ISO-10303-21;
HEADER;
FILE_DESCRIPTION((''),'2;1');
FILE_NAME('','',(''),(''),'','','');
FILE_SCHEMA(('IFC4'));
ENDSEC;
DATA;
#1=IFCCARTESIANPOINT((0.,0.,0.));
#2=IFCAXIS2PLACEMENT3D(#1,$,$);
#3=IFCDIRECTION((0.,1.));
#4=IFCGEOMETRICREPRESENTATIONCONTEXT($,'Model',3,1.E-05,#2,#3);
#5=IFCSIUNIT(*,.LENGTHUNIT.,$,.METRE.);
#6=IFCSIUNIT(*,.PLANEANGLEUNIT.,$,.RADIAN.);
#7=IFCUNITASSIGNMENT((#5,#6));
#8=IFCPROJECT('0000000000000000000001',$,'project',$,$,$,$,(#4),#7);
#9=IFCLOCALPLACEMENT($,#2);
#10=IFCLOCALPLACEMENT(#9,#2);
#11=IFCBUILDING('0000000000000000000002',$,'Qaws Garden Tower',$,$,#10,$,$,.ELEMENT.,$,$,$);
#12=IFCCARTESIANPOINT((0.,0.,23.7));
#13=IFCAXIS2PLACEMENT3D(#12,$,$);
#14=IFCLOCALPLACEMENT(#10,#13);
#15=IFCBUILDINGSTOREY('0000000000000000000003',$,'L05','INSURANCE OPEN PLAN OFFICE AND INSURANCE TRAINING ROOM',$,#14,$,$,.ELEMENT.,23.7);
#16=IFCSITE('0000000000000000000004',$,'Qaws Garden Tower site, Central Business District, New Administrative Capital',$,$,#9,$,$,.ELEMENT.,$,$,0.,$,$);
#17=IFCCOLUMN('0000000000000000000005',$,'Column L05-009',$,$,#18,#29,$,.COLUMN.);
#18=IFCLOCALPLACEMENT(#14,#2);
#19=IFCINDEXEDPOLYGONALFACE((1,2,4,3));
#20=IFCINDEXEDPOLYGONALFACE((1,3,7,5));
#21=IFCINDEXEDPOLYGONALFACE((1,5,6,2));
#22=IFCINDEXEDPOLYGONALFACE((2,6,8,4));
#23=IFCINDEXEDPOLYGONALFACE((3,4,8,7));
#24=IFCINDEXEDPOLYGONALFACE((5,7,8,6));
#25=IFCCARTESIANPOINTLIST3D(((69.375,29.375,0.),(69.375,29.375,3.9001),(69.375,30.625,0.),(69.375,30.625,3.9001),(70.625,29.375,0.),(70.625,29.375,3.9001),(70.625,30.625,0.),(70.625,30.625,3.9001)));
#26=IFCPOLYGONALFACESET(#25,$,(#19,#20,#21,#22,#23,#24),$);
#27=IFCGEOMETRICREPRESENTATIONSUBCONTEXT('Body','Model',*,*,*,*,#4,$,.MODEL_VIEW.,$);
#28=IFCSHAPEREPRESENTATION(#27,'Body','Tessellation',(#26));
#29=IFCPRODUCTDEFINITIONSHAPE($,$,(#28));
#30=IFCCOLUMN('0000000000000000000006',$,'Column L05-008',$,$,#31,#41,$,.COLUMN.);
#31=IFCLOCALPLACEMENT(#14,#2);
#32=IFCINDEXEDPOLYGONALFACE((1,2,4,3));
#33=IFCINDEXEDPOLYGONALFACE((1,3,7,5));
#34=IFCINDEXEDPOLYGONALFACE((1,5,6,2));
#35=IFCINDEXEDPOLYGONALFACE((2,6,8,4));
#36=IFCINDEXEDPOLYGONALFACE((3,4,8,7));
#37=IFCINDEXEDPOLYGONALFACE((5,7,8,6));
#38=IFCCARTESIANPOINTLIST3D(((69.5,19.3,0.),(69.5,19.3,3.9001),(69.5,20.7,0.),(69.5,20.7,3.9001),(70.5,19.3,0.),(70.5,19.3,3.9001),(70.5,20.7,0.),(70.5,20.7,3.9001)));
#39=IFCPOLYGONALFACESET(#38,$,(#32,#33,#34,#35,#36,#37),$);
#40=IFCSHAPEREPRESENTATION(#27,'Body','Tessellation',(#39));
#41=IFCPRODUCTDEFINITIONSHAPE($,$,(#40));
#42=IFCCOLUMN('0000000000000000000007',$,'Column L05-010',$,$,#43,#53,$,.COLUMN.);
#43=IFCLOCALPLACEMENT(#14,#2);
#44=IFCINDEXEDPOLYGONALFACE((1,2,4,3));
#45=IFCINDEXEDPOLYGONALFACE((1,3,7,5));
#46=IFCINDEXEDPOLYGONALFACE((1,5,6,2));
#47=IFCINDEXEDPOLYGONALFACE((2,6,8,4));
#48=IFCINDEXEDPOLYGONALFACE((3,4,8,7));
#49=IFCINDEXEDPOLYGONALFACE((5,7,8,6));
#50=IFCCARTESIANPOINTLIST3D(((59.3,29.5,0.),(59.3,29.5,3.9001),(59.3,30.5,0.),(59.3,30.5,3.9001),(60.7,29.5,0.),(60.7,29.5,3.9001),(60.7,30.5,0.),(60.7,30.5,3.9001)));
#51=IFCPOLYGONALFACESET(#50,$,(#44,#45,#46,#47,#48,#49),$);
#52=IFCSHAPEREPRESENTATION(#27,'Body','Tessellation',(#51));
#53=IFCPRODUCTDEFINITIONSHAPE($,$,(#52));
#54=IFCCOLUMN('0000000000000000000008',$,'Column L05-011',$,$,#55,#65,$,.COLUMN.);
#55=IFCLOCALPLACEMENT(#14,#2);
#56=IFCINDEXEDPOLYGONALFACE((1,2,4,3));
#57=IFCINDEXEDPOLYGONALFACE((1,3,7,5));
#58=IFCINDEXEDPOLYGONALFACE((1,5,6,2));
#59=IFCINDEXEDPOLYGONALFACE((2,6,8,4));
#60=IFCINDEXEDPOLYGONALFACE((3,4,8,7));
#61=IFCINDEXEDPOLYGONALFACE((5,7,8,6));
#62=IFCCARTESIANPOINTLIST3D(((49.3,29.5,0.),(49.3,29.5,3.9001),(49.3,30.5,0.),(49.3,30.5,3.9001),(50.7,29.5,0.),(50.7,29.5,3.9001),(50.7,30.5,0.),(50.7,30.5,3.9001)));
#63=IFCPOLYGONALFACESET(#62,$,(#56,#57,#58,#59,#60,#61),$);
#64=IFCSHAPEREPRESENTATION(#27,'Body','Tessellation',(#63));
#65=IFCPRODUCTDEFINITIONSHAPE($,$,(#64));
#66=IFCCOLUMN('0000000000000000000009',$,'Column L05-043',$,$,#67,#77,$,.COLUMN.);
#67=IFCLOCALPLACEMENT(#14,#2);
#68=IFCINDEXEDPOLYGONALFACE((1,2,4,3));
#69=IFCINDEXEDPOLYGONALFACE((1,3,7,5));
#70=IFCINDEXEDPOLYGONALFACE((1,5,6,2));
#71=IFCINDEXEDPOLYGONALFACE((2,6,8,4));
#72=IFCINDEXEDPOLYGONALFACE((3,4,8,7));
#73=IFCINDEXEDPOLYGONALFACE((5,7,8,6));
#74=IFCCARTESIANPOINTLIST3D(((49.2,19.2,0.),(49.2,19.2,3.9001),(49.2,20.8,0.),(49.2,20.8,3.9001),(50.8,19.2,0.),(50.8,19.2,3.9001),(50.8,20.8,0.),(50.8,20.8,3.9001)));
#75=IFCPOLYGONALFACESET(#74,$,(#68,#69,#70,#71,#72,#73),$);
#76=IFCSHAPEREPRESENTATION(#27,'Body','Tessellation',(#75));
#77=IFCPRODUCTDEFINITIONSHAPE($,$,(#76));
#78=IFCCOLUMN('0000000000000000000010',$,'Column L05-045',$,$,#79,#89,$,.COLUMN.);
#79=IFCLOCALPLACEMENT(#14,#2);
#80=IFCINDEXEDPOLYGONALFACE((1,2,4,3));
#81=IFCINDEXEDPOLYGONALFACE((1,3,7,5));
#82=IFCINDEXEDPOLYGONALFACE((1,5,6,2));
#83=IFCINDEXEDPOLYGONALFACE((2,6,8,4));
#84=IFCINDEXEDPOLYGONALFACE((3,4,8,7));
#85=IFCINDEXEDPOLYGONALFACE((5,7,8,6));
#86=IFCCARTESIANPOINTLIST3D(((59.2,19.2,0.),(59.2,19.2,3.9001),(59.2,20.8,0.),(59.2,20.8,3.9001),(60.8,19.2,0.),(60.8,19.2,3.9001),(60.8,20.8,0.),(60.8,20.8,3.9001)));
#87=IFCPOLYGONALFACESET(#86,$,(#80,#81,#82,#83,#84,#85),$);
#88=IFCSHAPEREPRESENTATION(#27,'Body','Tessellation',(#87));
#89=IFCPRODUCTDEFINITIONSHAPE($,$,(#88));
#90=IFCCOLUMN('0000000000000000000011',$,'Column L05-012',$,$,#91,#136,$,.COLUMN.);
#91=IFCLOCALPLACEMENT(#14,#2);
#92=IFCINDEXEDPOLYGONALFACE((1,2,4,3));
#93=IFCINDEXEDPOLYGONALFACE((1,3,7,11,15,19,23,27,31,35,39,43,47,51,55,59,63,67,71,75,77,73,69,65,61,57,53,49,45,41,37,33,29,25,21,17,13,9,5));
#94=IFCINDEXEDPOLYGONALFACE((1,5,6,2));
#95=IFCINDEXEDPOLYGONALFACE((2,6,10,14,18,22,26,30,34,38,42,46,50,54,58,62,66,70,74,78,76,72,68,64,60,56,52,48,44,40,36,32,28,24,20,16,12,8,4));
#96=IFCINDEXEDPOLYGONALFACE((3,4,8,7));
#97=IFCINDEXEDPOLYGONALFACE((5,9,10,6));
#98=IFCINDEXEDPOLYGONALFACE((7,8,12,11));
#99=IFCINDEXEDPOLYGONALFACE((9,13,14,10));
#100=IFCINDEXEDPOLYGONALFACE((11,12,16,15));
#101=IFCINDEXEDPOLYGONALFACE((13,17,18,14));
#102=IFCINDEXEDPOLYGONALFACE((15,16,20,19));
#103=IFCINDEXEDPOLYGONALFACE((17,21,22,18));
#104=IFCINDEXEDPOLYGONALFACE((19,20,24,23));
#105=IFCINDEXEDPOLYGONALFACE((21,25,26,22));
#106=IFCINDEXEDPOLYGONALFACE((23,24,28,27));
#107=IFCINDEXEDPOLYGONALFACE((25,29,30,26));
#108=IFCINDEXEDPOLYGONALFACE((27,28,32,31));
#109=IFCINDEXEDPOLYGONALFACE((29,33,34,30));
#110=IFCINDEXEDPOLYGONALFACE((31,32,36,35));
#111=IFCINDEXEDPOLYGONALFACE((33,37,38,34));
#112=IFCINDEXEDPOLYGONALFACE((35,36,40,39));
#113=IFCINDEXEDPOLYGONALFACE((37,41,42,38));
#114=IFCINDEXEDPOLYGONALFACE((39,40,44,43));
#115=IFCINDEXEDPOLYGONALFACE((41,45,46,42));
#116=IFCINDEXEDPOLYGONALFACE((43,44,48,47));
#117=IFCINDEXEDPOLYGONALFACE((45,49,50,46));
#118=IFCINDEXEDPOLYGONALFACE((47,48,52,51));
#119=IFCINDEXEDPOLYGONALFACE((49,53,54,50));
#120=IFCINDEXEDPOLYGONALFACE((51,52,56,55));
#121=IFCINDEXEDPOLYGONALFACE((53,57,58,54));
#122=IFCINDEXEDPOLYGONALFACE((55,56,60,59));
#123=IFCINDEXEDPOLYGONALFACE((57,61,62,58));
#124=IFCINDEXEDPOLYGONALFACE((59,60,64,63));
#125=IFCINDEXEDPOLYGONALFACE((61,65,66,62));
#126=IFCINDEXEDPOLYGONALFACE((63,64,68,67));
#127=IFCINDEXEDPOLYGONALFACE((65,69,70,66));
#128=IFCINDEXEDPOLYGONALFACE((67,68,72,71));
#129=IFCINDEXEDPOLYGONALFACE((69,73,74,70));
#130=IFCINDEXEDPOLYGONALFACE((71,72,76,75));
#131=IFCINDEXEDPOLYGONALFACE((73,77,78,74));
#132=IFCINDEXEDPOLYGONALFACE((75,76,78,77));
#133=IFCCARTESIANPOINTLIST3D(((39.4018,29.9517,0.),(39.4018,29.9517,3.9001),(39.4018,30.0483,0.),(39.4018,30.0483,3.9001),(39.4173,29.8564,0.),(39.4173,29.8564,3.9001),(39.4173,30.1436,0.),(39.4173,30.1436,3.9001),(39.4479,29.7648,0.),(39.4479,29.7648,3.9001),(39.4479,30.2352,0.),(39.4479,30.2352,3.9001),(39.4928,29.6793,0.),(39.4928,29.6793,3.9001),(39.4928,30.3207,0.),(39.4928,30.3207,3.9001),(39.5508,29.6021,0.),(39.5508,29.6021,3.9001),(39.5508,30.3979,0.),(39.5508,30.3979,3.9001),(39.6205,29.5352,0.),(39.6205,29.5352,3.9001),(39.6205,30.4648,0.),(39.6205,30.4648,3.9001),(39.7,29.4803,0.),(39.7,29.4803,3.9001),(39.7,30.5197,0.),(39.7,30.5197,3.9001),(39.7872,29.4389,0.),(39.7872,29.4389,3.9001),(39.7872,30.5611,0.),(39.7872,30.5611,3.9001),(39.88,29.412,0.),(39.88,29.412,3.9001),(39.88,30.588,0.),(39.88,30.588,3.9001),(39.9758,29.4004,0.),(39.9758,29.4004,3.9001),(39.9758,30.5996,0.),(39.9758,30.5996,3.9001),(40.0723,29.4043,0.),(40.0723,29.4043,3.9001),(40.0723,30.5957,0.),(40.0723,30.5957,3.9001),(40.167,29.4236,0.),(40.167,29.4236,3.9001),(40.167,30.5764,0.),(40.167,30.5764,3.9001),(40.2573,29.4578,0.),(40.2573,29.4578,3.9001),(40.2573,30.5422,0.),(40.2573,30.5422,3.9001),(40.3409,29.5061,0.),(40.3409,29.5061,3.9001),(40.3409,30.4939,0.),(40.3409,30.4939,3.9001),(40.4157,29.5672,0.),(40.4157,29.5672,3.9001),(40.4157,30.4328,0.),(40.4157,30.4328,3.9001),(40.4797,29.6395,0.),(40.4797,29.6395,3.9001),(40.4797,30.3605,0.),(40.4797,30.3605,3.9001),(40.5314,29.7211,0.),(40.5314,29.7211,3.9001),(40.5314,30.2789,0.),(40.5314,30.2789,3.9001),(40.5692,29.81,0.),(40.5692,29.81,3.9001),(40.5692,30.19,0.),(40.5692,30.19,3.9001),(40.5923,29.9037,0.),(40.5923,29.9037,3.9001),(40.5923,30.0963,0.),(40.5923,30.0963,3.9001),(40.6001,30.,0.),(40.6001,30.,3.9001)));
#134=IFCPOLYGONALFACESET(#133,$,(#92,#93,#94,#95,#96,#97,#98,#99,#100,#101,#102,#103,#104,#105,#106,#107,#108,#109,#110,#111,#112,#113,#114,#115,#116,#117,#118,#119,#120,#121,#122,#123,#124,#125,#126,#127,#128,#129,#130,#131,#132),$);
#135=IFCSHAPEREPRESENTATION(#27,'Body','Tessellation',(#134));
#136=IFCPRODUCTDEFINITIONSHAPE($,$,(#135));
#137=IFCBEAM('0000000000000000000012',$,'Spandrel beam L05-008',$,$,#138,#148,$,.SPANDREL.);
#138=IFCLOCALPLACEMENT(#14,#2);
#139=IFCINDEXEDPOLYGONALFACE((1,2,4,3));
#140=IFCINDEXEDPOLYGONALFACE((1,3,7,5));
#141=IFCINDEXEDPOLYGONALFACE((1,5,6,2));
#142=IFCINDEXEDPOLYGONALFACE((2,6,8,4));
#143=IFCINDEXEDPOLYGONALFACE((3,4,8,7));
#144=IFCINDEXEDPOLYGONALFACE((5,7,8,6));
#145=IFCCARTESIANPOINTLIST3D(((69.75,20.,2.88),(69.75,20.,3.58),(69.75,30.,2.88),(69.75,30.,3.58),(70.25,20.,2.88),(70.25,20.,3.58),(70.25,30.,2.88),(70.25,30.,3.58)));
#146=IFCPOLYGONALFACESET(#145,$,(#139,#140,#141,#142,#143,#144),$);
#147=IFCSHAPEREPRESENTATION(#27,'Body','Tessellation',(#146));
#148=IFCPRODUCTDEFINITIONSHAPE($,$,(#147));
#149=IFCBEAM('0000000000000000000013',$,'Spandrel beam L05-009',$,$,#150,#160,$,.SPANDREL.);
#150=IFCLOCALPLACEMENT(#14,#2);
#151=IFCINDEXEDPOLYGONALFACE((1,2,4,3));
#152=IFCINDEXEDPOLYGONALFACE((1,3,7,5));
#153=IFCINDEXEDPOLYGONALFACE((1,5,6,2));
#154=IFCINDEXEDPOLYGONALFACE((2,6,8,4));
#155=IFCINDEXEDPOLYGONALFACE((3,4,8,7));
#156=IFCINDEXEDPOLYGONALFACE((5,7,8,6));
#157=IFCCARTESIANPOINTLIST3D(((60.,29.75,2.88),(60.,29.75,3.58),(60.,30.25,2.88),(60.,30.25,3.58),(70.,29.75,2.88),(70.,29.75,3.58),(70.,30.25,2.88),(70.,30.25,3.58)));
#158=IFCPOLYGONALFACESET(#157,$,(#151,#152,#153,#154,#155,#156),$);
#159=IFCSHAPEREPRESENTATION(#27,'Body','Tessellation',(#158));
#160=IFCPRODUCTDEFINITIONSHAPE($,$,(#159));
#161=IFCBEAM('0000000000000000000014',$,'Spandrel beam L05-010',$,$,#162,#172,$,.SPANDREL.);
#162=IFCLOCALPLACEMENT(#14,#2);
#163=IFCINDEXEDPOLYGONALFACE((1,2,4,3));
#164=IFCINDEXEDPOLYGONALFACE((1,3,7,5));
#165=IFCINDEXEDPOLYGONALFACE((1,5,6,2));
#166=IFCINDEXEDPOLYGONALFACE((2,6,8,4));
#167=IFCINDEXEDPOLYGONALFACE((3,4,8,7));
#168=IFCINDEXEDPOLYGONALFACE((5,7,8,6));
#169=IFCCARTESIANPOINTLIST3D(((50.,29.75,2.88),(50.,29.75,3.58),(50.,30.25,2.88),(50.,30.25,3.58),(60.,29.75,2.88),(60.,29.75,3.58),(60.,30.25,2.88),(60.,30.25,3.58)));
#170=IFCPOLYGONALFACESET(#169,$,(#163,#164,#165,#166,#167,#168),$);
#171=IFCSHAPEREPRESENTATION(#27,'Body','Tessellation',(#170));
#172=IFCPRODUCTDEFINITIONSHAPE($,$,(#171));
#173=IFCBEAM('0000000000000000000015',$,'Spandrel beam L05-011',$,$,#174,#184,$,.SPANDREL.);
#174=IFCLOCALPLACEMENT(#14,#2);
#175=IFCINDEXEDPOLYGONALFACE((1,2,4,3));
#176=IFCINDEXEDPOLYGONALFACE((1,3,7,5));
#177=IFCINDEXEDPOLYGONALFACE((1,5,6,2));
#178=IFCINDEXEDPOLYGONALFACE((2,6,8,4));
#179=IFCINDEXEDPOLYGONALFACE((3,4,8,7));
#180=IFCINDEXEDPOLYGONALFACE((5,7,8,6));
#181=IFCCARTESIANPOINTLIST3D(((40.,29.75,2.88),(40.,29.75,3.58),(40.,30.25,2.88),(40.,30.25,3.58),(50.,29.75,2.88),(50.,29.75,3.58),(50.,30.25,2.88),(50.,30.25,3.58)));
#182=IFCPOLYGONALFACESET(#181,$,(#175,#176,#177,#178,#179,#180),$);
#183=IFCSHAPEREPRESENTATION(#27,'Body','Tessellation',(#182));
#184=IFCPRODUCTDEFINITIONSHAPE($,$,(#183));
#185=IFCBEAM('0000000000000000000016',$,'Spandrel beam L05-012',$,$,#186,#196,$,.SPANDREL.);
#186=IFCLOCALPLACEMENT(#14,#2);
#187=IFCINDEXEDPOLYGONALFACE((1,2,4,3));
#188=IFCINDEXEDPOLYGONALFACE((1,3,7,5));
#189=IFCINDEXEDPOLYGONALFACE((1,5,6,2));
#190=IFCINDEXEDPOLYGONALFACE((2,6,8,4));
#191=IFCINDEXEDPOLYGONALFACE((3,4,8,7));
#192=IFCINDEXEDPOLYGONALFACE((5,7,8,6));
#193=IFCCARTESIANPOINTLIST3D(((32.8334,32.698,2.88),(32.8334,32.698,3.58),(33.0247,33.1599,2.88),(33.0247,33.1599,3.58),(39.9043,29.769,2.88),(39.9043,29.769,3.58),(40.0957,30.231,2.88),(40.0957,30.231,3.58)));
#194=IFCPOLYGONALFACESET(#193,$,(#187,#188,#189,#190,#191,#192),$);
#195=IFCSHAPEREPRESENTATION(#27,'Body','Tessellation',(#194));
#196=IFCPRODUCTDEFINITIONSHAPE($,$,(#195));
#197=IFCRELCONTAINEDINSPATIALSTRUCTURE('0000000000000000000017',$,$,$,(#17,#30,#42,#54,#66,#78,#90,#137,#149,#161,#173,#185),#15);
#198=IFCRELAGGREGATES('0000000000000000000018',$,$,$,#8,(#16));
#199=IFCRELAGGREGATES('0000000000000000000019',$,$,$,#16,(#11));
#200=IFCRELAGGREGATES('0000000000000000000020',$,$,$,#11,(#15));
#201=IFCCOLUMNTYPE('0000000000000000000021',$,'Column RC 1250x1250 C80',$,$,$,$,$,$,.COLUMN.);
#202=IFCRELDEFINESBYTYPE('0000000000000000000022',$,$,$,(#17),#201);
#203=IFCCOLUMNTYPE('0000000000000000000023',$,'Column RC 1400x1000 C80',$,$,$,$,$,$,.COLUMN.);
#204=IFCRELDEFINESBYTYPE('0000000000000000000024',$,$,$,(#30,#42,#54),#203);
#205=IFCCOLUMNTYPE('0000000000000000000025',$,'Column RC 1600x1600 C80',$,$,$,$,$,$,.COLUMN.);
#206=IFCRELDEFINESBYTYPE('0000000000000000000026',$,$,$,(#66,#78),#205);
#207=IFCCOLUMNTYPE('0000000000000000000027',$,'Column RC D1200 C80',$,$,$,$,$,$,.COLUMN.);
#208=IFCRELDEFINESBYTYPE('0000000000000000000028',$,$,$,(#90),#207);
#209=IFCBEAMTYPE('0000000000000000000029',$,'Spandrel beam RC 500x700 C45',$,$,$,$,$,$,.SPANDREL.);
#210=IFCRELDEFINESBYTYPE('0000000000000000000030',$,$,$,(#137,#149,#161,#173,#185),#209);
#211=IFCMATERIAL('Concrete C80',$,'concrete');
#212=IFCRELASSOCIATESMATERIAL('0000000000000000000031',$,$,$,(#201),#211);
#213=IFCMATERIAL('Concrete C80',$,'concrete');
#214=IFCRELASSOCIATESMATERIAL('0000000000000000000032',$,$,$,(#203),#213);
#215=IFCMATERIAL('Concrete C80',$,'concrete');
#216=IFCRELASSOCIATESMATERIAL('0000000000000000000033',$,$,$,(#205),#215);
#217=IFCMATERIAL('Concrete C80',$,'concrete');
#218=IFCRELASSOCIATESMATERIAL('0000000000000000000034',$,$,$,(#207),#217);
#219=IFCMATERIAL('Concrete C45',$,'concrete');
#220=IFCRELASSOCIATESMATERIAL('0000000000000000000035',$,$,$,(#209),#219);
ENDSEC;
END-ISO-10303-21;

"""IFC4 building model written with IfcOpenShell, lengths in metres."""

from ifc_helpers import new_model, si_unit, direction, frame, origin, origin_2d, place, context, subcontext, project, spatial, rectangle, circle, extrude, material, material_profile, profile_set, type_object, element, save


model = new_model("IFC4")

# Units and contexts
model_context = context("Model", 3, precision=1e-05, world=origin(), true_north=direction((0.0, 1.0)))
body_context = subcontext(model_context, "Body", "Model", "MODEL_VIEW")
ifc_project = project(units=[si_unit("LENGTHUNIT", "METRE"), si_unit("PLANEANGLEUNIT", "RADIAN")], contexts=[model_context])

# Site, building, storey
site_placement = place(None, origin())
site = spatial("IfcSite", under=ifc_project, at=site_placement, Name="Qaws Garden Tower site, Central Business District, New Administrative Capital", CompositionType="ELEMENT", RefElevation=0.0)
building_placement = place(site_placement, origin())
building = spatial("IfcBuilding", under=site, at=building_placement, Name="Qaws Garden Tower", CompositionType="ELEMENT")
storey_placement = place(building_placement, frame((0.0, 0.0, 23.7)))
storey = spatial("IfcBuildingStorey", under=building, at=storey_placement, Name="L05", Description="INSURANCE OPEN PLAN OFFICE AND INSURANCE TRAINING ROOM", CompositionType="ELEMENT", Elevation=23.7)

# Columns
ifc_material_1 = material(Name="Concrete C80", Category="concrete")
ifc_material_profile_1 = material_profile(ifc_material_1, rectangle(XDim=1.25, YDim=1.25, at=origin_2d()), Name="RC 1250x1250")
ifc_profile_set_1 = profile_set([ifc_material_profile_1], Name="Concrete C80")
column_type_1 = type_object("IfcColumnType", Name="Column RC 1250x1250 C80", PredefinedType="COLUMN", material=ifc_profile_set_1)
column_1_placement = place(storey_placement, frame((70.0, 30.0, 0.0), z_axis=(0.0, 0.0, 1.0), x_axis=(1.0, 0.0, 0.0)))
element("IfcColumn", 1, at=column_1_placement, inside=storey, type_object=column_type_1, Name="Column L05-009", PredefinedType="COLUMN", context=body_context, shape_type="SweptSolid", body=[
    extrude(rectangle(XDim=1.25, YDim=1.25, at=origin_2d()), origin(), (0.0, 0.0, 1.0), 3.9001),
])
ifc_material_2 = material(Name="Concrete C80", Category="concrete")
ifc_material_profile_2 = material_profile(ifc_material_2, rectangle(XDim=1.3999, YDim=1.0, at=origin_2d()), Name="RC 1400x1000")
ifc_profile_set_2 = profile_set([ifc_material_profile_2], Name="Concrete C80")
column_type_2 = type_object("IfcColumnType", Name="Column RC 1400x1000 C80", PredefinedType="COLUMN", material=ifc_profile_set_2)
for number, where, z_axis, x_axis, name in (
    (2, (70.0, 20.0, 0.0), (0.0, 0.0, 1.0), (0.0, 1.0, 0.0), "Column L05-008"),
    (3, (60.0, 30.0, 0.0), (0.0, 0.0, 1.0), (1.0, 0.0, 0.0), "Column L05-010"),
    (4, (50.0, 30.0, 0.0), (0.0, 0.0, 1.0), (1.0, 0.0, 0.0), "Column L05-011"),
):
    element("IfcColumn", number, at=place(storey_placement, frame(where, z_axis=z_axis, x_axis=x_axis)), inside=storey, type_object=column_type_2, Name=name, PredefinedType="COLUMN", context=body_context, shape_type="SweptSolid", body=[
        extrude(rectangle(XDim=1.3999, YDim=1.0, at=origin_2d()), origin(), (0.0, 0.0, 1.0), 3.9001),
    ])
ifc_material_3 = material(Name="Concrete C80", Category="concrete")
ifc_material_profile_3 = material_profile(ifc_material_3, rectangle(XDim=1.6001, YDim=1.6001, at=origin_2d()), Name="RC 1600x1600")
ifc_profile_set_3 = profile_set([ifc_material_profile_3], Name="Concrete C80")
column_type_3 = type_object("IfcColumnType", Name="Column RC 1600x1600 C80", PredefinedType="COLUMN", material=ifc_profile_set_3)
for number, where, z_axis, x_axis, name in (
    (5, (50.0, 20.0, 0.0), (0.0, 0.0, 1.0), (1.0, 0.0, 0.0), "Column L05-043"),
    (6, (60.0, 20.0, 0.0), (0.0, 0.0, 1.0), (1.0, 0.0, 0.0), "Column L05-045"),
):
    element("IfcColumn", number, at=place(storey_placement, frame(where, z_axis=z_axis, x_axis=x_axis)), inside=storey, type_object=column_type_3, Name=name, PredefinedType="COLUMN", context=body_context, shape_type="SweptSolid", body=[
        extrude(rectangle(XDim=1.6001, YDim=1.6001, at=origin_2d()), origin(), (0.0, 0.0, 1.0), 3.9001),
    ])
ifc_material_4 = material(Name="Concrete C80", Category="concrete")
ifc_material_profile_4 = material_profile(ifc_material_4, circle(Radius=0.6001, at=origin_2d()), Name="RC D1200")
ifc_profile_set_4 = profile_set([ifc_material_profile_4], Name="Concrete C80")
column_type_4 = type_object("IfcColumnType", Name="Column RC D1200 C80", PredefinedType="COLUMN", material=ifc_profile_set_4)
column_2_placement = place(storey_placement, frame((40.0, 30.0, 0.0), z_axis=(0.0, 0.0, 1.0), x_axis=(1.0, 0.0, 0.0)))
element("IfcColumn", 7, at=column_2_placement, inside=storey, type_object=column_type_4, Name="Column L05-012", PredefinedType="COLUMN", context=body_context, shape_type="SweptSolid", body=[
    extrude(circle(Radius=0.6001, at=origin_2d()), origin(), (0.0, 0.0, 1.0), 3.9001),
])

# Beams
ifc_material_5 = material(Name="Concrete C45", Category="concrete")
ifc_material_profile_5 = material_profile(ifc_material_5, rectangle(XDim=0.5, YDim=0.7, at=origin_2d()), Name="RC 500x700")
ifc_profile_set_5 = profile_set([ifc_material_profile_5], Name="Concrete C45")
beam_type = type_object("IfcBeamType", Name="Spandrel beam RC 500x700 C45", PredefinedType="SPANDREL", material=ifc_profile_set_5)
for number, where, z_axis, x_axis, name in (
    (8, (70.0, 20.0, 3.23), (0.0, 1.0, 0.0), (-1.0, 0.0, 0.0), "Spandrel beam L05-008"),
    (9, (70.0, 30.0, 3.23), (-1.0, 0.0, 0.0), (0.0, -1.0, 0.0), "Spandrel beam L05-009"),
    (10, (60.0, 30.0, 3.23), (-1.0, 0.0, 0.0), (0.0, -1.0, 0.0), "Spandrel beam L05-010"),
    (11, (50.0, 30.0, 3.23), (-1.0, 0.0, 0.0), (0.0, -1.0, 0.0), "Spandrel beam L05-011"),
):
    element("IfcBeam", number, at=place(storey_placement, frame(where, z_axis=z_axis, x_axis=x_axis)), inside=storey, type_object=beam_type, Name=name, PredefinedType="SPANDREL", context=body_context, shape_type="SweptSolid", body=[
        extrude(rectangle(XDim=0.5, YDim=0.7, at=origin_2d()), origin(), (0.0, 0.0, 1.0), 10.0),
    ])
beam_placement = place(storey_placement, frame((40.0, 30.0, 3.23), z_axis=(-0.923878, 0.382687, 0.0), x_axis=(-0.382687, -0.923878, 0.0)))
element("IfcBeam", 12, at=beam_placement, inside=storey, type_object=beam_type, Name="Spandrel beam L05-012", PredefinedType="SPANDREL", context=body_context, shape_type="SweptSolid", body=[
    extrude(rectangle(XDim=0.5, YDim=0.7, at=origin_2d()), origin(), (0.0, 0.0, 1.0), 7.6536),
])

save(model, "model.ifc")
